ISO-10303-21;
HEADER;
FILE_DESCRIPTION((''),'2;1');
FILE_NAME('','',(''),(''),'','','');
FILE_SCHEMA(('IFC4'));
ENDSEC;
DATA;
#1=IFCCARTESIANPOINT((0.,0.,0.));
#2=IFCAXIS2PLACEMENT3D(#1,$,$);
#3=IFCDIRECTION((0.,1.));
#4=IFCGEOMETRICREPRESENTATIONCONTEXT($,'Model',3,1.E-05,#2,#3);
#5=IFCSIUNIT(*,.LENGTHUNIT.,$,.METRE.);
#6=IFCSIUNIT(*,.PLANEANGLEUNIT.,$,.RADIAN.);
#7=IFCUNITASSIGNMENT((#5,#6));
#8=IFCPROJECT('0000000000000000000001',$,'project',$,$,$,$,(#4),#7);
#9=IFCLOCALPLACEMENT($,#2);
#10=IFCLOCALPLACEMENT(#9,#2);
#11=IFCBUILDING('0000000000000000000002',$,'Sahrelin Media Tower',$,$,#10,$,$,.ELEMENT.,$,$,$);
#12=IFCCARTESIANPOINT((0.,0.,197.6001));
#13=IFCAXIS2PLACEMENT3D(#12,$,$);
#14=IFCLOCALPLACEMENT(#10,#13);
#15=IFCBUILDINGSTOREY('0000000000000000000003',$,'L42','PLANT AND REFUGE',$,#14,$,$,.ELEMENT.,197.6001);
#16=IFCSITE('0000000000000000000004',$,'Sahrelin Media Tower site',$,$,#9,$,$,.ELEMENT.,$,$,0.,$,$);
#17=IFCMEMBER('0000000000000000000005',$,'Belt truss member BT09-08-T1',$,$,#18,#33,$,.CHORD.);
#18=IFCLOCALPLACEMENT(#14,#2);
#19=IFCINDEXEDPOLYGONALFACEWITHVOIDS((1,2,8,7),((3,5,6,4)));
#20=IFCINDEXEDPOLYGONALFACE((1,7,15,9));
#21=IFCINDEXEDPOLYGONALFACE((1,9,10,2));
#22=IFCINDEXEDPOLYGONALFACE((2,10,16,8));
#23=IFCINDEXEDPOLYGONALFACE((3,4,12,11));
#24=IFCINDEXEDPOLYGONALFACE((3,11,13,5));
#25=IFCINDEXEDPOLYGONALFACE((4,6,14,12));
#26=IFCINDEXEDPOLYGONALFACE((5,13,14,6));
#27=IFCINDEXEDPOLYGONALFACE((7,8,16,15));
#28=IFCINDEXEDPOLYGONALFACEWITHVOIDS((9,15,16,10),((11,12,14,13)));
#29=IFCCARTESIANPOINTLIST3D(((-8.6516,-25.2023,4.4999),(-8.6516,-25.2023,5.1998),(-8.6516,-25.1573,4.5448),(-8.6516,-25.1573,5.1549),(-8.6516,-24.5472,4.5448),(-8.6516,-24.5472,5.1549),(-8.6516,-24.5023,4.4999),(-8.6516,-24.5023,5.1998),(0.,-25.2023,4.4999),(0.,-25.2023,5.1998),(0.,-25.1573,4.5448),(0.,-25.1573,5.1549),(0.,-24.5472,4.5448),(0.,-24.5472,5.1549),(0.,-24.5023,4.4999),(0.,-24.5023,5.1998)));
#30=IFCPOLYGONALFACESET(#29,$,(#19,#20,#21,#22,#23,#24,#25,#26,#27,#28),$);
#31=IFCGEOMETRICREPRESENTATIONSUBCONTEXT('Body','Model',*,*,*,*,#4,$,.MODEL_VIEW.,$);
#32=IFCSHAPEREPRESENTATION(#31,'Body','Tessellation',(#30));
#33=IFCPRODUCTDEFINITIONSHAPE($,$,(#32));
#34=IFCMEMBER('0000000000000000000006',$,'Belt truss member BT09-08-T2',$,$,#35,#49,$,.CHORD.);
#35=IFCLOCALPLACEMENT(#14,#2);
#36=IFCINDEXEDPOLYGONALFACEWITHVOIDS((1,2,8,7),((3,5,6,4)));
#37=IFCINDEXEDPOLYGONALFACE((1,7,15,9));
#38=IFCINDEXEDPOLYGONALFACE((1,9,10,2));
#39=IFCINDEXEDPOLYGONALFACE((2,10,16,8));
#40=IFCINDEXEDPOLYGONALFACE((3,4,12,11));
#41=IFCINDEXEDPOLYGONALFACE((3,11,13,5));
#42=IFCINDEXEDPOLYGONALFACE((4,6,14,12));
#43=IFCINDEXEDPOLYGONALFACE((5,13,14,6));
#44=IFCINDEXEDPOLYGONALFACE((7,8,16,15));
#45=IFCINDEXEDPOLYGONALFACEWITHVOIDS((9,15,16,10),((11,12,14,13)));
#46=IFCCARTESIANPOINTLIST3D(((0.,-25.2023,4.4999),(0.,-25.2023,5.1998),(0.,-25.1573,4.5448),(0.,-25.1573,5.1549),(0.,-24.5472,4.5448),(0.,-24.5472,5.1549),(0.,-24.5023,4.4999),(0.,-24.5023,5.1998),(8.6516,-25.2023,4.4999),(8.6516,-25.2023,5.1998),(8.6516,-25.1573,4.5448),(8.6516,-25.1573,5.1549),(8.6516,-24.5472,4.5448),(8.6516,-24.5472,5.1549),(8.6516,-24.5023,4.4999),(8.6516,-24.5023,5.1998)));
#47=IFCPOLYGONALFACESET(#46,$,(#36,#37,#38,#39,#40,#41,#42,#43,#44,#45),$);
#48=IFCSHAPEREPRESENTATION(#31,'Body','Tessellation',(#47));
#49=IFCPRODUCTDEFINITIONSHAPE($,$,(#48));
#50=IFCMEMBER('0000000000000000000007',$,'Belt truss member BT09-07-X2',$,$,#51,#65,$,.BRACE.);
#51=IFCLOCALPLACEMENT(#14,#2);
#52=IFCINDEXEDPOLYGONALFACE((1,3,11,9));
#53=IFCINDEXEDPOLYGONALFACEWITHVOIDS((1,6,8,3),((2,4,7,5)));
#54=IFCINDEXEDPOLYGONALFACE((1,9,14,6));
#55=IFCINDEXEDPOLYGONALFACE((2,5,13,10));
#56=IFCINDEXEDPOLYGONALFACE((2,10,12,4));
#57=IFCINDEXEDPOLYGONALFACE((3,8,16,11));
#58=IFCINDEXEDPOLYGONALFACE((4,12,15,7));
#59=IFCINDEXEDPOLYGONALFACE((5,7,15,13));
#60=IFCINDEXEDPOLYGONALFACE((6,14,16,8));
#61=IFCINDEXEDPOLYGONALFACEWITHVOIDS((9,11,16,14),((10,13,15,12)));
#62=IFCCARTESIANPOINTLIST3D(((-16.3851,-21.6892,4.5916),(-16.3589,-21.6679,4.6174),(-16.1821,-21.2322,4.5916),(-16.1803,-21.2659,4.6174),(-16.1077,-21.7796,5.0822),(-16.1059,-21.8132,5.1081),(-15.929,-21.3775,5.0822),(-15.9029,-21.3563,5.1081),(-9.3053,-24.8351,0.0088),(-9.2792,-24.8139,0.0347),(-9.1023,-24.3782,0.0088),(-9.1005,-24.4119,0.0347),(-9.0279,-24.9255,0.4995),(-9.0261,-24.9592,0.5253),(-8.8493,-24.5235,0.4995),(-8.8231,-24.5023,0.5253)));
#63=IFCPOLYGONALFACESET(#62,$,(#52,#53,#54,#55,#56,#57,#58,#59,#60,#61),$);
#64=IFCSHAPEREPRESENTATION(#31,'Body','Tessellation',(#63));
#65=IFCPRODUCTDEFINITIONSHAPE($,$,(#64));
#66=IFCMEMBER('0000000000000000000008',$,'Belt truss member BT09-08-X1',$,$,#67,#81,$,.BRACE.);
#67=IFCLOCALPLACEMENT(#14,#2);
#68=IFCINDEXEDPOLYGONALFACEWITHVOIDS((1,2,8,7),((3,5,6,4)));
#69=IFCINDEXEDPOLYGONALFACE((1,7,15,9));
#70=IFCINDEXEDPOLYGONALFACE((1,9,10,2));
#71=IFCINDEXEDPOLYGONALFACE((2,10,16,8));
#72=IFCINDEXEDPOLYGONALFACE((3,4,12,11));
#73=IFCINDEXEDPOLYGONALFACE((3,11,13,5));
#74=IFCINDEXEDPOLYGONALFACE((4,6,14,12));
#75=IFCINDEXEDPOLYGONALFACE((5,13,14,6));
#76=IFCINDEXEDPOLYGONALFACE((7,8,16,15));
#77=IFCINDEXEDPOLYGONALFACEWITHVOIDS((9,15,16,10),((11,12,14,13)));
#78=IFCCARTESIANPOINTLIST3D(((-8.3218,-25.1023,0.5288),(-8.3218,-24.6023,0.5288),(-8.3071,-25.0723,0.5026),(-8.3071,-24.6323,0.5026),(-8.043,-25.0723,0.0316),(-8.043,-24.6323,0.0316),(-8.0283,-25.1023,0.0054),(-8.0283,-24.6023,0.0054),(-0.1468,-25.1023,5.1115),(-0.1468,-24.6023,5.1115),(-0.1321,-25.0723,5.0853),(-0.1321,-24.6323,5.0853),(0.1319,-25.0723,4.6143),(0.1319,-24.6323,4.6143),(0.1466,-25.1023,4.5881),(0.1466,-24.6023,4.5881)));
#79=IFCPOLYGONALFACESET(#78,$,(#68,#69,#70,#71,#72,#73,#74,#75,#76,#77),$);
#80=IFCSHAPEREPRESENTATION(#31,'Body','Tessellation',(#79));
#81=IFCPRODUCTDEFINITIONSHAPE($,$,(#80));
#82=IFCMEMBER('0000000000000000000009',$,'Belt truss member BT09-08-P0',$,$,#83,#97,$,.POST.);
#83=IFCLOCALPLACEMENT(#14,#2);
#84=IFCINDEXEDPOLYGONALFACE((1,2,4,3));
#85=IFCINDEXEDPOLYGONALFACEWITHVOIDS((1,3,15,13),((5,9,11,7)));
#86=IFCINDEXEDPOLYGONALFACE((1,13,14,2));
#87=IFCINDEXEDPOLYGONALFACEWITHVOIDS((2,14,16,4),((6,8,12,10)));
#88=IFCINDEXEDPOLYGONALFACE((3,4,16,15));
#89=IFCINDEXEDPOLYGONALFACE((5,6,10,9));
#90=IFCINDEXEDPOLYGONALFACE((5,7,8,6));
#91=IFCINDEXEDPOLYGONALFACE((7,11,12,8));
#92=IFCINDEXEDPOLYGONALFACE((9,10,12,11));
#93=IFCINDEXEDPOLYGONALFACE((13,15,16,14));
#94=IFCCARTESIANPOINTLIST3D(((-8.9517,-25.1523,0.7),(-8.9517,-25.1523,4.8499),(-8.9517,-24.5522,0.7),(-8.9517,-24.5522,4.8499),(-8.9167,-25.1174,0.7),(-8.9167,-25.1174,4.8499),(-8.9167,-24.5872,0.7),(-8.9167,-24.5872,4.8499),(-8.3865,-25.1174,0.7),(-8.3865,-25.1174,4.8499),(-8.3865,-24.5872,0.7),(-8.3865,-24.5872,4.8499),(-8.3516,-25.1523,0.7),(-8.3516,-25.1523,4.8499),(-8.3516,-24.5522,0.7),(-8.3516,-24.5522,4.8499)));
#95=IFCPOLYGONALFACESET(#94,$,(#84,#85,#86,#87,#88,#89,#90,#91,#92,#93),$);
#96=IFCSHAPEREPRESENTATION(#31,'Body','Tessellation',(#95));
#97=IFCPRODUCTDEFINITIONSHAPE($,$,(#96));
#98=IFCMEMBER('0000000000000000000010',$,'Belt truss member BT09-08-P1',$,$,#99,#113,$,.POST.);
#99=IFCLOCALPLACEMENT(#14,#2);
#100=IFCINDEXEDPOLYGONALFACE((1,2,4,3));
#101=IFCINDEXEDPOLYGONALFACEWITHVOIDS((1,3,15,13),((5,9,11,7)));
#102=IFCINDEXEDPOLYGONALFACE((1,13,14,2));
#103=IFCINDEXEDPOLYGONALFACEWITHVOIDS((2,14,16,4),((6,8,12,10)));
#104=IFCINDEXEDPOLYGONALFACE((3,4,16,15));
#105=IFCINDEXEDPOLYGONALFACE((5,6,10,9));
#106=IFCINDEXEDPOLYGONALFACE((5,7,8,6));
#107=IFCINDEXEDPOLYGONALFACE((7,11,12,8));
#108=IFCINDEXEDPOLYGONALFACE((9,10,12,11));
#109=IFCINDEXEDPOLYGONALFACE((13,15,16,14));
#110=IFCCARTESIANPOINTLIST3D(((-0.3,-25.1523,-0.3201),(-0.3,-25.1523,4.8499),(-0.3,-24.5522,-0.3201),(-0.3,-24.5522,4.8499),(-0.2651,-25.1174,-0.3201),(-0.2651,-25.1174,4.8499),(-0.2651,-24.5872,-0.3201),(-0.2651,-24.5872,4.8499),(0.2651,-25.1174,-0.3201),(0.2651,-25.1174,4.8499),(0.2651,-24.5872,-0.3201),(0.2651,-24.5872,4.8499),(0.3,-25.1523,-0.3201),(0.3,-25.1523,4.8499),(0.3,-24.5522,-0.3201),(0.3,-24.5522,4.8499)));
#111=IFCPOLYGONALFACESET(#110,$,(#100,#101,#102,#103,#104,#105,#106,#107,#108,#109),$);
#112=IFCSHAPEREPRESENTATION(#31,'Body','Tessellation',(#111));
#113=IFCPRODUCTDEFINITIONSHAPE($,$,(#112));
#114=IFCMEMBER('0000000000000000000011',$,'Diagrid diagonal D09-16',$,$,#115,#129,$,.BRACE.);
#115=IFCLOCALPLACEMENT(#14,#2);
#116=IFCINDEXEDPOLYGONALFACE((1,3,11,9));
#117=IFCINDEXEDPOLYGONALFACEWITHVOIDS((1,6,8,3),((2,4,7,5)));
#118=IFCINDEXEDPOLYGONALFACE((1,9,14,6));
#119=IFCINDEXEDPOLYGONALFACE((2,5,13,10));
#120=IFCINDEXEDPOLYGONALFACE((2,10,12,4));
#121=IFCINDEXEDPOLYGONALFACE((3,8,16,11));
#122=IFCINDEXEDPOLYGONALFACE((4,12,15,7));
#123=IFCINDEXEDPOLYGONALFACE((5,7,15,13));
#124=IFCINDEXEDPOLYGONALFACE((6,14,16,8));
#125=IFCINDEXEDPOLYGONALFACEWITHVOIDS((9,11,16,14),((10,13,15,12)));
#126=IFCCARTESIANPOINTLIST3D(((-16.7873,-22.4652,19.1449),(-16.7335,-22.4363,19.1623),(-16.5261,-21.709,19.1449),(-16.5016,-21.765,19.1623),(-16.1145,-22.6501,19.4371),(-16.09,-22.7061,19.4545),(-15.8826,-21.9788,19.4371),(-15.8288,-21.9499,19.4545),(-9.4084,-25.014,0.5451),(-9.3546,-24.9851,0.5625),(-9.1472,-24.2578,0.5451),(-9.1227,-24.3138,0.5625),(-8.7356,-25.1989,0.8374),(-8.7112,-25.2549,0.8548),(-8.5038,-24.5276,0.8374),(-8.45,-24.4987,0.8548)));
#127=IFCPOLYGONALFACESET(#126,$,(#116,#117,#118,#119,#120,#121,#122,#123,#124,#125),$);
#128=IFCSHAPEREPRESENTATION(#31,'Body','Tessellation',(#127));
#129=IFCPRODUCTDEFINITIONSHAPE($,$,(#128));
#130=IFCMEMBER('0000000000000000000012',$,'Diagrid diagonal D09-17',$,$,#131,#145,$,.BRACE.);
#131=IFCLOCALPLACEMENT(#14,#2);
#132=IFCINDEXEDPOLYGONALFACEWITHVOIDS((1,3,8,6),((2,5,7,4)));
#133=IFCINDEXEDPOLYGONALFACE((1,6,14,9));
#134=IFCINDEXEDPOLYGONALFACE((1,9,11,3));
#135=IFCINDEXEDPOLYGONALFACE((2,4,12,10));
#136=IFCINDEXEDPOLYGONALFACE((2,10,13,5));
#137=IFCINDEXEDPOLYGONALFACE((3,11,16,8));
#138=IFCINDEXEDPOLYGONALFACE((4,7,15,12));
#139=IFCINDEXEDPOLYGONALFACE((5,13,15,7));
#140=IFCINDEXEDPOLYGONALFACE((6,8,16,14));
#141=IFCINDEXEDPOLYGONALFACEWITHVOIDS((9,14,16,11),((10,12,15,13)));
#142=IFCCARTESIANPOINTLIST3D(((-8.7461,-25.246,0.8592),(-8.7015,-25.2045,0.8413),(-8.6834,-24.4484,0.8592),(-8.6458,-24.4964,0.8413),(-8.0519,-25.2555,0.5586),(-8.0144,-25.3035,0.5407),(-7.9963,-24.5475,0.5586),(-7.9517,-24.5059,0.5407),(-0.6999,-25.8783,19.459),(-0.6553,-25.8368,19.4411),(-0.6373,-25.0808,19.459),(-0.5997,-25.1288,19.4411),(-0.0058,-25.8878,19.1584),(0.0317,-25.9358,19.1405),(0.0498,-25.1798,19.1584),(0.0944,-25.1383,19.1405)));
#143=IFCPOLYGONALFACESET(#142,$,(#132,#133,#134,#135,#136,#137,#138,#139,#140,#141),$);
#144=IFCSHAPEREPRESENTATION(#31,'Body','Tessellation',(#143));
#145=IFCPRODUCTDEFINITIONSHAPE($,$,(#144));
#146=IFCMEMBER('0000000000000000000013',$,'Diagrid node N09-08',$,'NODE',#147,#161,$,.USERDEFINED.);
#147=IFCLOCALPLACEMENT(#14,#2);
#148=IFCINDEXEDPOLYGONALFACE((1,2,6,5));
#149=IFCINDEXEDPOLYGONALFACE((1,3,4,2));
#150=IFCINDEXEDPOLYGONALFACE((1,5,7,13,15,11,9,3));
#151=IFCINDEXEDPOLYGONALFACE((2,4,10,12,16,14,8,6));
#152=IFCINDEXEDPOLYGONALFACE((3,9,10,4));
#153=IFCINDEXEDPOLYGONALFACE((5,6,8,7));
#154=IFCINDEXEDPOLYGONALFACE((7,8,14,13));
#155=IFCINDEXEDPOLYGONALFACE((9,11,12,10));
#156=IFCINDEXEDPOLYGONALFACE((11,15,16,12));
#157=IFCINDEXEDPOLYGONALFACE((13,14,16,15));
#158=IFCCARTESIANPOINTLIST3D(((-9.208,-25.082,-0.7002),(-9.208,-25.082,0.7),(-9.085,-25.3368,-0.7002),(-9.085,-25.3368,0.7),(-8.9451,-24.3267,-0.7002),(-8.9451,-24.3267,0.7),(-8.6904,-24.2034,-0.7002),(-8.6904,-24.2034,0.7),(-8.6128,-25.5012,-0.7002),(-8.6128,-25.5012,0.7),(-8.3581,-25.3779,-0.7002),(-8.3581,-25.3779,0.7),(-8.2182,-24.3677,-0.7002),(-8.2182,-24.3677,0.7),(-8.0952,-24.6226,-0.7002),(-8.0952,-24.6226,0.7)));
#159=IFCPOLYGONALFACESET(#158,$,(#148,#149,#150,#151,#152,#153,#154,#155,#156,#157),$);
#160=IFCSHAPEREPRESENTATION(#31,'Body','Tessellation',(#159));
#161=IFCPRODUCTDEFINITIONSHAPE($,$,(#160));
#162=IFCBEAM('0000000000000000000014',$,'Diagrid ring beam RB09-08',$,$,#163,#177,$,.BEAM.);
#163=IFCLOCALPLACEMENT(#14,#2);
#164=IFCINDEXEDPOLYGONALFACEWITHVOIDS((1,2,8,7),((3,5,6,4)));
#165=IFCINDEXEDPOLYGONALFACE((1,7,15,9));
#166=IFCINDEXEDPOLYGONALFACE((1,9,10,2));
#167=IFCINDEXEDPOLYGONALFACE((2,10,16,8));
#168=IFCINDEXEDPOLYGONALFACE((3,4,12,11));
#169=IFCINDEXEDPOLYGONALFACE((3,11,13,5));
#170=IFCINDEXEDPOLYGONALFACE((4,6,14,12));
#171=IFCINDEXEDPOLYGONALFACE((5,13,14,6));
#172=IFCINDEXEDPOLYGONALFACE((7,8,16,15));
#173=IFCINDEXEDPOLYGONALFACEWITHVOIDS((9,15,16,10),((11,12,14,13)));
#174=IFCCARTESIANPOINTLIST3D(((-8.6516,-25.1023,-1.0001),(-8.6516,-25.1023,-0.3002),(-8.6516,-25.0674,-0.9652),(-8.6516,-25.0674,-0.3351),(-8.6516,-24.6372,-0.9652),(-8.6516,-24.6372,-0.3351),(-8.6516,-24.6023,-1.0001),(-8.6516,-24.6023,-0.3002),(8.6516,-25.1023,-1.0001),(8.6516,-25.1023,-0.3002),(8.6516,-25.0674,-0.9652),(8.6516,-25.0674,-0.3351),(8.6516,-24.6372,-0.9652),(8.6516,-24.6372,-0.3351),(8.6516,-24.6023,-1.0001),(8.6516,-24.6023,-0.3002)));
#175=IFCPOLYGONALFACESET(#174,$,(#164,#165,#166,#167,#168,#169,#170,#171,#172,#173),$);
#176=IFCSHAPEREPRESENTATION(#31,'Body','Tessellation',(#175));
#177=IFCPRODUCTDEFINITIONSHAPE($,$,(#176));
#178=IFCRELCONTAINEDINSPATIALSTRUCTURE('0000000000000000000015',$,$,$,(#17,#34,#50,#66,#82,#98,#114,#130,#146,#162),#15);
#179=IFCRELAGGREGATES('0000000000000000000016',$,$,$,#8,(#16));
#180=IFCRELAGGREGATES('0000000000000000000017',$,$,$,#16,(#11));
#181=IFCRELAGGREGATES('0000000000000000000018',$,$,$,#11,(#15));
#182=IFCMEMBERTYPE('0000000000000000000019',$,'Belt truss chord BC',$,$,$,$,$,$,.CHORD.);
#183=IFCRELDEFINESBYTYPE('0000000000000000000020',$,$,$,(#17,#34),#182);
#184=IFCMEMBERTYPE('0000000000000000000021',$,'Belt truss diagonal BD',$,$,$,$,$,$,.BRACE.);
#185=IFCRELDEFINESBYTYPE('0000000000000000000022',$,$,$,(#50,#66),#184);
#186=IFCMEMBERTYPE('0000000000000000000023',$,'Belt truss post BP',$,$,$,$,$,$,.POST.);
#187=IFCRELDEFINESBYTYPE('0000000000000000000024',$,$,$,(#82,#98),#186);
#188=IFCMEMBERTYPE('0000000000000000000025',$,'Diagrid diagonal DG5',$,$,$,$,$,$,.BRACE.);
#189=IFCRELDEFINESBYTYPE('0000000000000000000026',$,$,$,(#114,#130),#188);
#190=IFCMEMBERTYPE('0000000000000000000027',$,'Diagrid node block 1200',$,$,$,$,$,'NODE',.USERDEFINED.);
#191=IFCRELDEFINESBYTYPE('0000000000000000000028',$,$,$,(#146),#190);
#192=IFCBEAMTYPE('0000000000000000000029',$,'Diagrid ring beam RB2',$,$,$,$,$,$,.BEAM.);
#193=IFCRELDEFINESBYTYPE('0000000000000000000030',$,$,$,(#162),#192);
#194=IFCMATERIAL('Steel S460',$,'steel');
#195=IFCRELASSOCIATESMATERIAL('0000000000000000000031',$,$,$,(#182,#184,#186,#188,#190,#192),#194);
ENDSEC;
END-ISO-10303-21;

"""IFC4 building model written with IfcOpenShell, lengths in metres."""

from ifc_helpers import new_model, si_unit, direction, frame, origin, origin_2d, place, context, subcontext, project, spatial, polyline, hollow_rectangle, outline, extrude, material, material_profile, profile_set, type_object, element, save


model = new_model("IFC4")

# Units and contexts
model_context = context("Model", 3, precision=1e-05, world=origin(), true_north=direction((0.0, 1.0)))
body_context = subcontext(model_context, "Body", "Model", "MODEL_VIEW")
ifc_project = project(units=[si_unit("LENGTHUNIT", "METRE"), si_unit("PLANEANGLEUNIT", "RADIAN")], contexts=[model_context])

# Site, building, storey
site_placement = place(None, origin())
site = spatial("IfcSite", under=ifc_project, at=site_placement, Name="Sahrelin Media Tower site", CompositionType="ELEMENT", RefElevation=0.0)
building_placement = place(site_placement, origin())
building = spatial("IfcBuilding", under=site, at=building_placement, Name="Sahrelin Media Tower", CompositionType="ELEMENT")
storey_placement = place(building_placement, frame((0.0, 0.0, 197.6001)))
storey = spatial("IfcBuildingStorey", under=building, at=storey_placement, Name="L42", Description="PLANT AND REFUGE", CompositionType="ELEMENT", Elevation=197.6001)

# Members
ifc_material_1 = material(Name="Steel S460", Category="steel")
ifc_material_profile_1 = material_profile(ifc_material_1, hollow_rectangle(XDim=0.7, YDim=0.7, WallThickness=0.0449, at=origin_2d()), Name="Belt truss chord BC")
ifc_profile_set_1 = profile_set([ifc_material_profile_1], Name="Steel S460")
member_type_1 = type_object("IfcMemberType", Name="Belt truss chord BC", PredefinedType="CHORD", material=ifc_profile_set_1)
for number, where, z_axis, x_axis, name in (
    (1, (-8.6516, -24.8523, 4.8499), (1.0, 0.0, 0.0), (0.0, 1.0, 0.0), "Belt truss member BT09-08-T1"),
    (2, (0.0, -24.8523, 4.8499), (1.0, 0.0, 0.0), (0.0, 1.0, 0.0), "Belt truss member BT09-08-T2"),
):
    element("IfcMember", number, at=place(storey_placement, frame(where, z_axis=z_axis, x_axis=x_axis)), inside=storey, type_object=member_type_1, Name=name, PredefinedType="CHORD", context=body_context, shape_type="SweptSolid", body=[
        extrude(hollow_rectangle(XDim=0.7, YDim=0.7, WallThickness=0.0449, at=origin_2d()), origin(), (0.0, 0.0, 1.0), 8.6516),
    ])
ifc_material_profile_2 = material_profile(ifc_material_1, hollow_rectangle(XDim=0.5, YDim=0.6001, WallThickness=0.03, at=origin_2d()), Name="Belt truss diagonal BD")
ifc_profile_set_2 = profile_set([ifc_material_profile_2], Name="Steel S460")
member_type_2 = type_object("IfcMemberType", Name="Belt truss diagonal BD", PredefinedType="BRACE", material=ifc_profile_set_2)
member_1_placement = place(storey_placement, frame((-9.0642, -24.6687, 0.2671), z_axis=(-0.786536, 0.349505, 0.509123), x_axis=(-0.406074, -0.91384, 0.0)))
element("IfcMember", 3, at=member_1_placement, inside=storey, type_object=member_type_2, Name="Belt truss member BT09-07-X2", PredefinedType="BRACE", context=body_context, shape_type="SweptSolid", body=[
    extrude(hollow_rectangle(XDim=0.5, YDim=0.6001, WallThickness=0.03, at=origin_2d()), origin(), (0.0, 0.0, 1.0), 9.0012),
])
member_2_placement = place(storey_placement, frame((-8.175, -24.8523, 0.2671), z_axis=(0.87229, 0.0, 0.488988), x_axis=(0.0, 1.0, 0.0)))
element("IfcMember", 4, at=member_2_placement, inside=storey, type_object=member_type_2, Name="Belt truss member BT09-08-X1", PredefinedType="BRACE", context=body_context, shape_type="SweptSolid", body=[
    extrude(hollow_rectangle(XDim=0.5, YDim=0.6001, WallThickness=0.03, at=origin_2d()), origin(), (0.0, 0.0, 1.0), 9.3718),
])
ifc_material_profile_3 = material_profile(ifc_material_1, hollow_rectangle(XDim=0.6001, YDim=0.6001, WallThickness=0.0349, at=origin_2d()), Name="Belt truss post BP")
ifc_profile_set_3 = profile_set([ifc_material_profile_3], Name="Steel S460")
member_type_3 = type_object("IfcMemberType", Name="Belt truss post BP", PredefinedType="POST", material=ifc_profile_set_3)
member_3_placement = place(storey_placement, frame((-8.6516, -24.8523, 0.7), z_axis=(0.0, 0.0, 1.0), x_axis=(1.0, 0.0, 0.0)))
element("IfcMember", 5, at=member_3_placement, inside=storey, type_object=member_type_3, Name="Belt truss member BT09-08-P0", PredefinedType="POST", context=body_context, shape_type="SweptSolid", body=[
    extrude(hollow_rectangle(XDim=0.6001, YDim=0.6001, WallThickness=0.0349, at=origin_2d()), origin(), (0.0, 0.0, 1.0), 4.1499),
])
member_4_placement = place(storey_placement, frame((0.0, -24.8523, -0.3201), z_axis=(0.0, 0.0, 1.0), x_axis=(1.0, 0.0, 0.0)))
element("IfcMember", 6, at=member_4_placement, inside=storey, type_object=member_type_3, Name="Belt truss member BT09-08-P1", PredefinedType="POST", context=body_context, shape_type="SweptSolid", body=[
    extrude(hollow_rectangle(XDim=0.6001, YDim=0.6001, WallThickness=0.0349, at=origin_2d()), origin(), (0.0, 0.0, 1.0), 5.1699),
])
ifc_material_profile_4 = material_profile(ifc_material_1, hollow_rectangle(XDim=0.8, YDim=0.8, WallThickness=0.0449, at=origin_2d()), Name="Diagrid diagonal DG5")
ifc_profile_set_4 = profile_set([ifc_material_profile_4], Name="Steel S460")
member_type_4 = type_object("IfcMemberType", Name="Diagrid diagonal DG5", PredefinedType="BRACE", material=ifc_profile_set_4)
member_5_placement = place(storey_placement, frame((-8.9292, -24.7563, 0.7), z_axis=(-0.365804, 0.126356, 0.922075), x_axis=(-0.326492, -0.9452, 0.0)))
element("IfcMember", 7, at=member_5_placement, inside=storey, type_object=member_type_4, Name="Diagrid diagonal D09-16", PredefinedType="BRACE", context=body_context, shape_type="SweptSolid", body=[
    extrude(hollow_rectangle(XDim=0.8, YDim=0.8, WallThickness=0.0449, at=origin_2d()), origin(), (0.0, 0.0, 1.0), 20.1716),
])
member_6_placement = place(storey_placement, frame((-8.3489, -24.876, 0.7), z_axis=(0.396841, -0.031187, 0.917357), x_axis=(0.078346, 0.996926, 0.0)))
element("IfcMember", 8, at=member_6_placement, inside=storey, type_object=member_type_4, Name="Diagrid diagonal D09-17", PredefinedType="BRACE", context=body_context, shape_type="SweptSolid", body=[
    extrude(hollow_rectangle(XDim=0.8, YDim=0.8, WallThickness=0.0449, at=origin_2d()), origin(), (0.0, 0.0, 1.0), 20.2754),
])
ifc_material_profile_5 = material_profile(ifc_material_1, outline(polyline([(0.3999, -0.45), (0.6001, -0.25), (0.6001, 0.25), (0.3999, 0.45), (-0.3999, 0.45), (-0.6001, 0.25), (-0.6001, -0.25), (-0.3999, -0.45), (0.3999, -0.45)])), Name="Diagrid node block 1200")
ifc_profile_set_5 = profile_set([ifc_material_profile_5], Name="Steel S460")
member_type_5 = type_object("IfcMemberType", Name="Diagrid node block 1200", ElementType="NODE", PredefinedType="USERDEFINED", material=ifc_profile_set_5)
member_7_placement = place(storey_placement, frame((-8.6516, -24.8523, -0.7002), z_axis=(0.0, 0.0, 1.0), x_axis=(-0.328769, -0.94441, 0.0)))
element("IfcMember", 9, at=member_7_placement, inside=storey, type_object=member_type_5, Name="Diagrid node N09-08", ObjectType="NODE", PredefinedType="USERDEFINED", context=body_context, shape_type="SweptSolid", body=[
    extrude(outline(polyline([(0.3999, -0.45), (0.6001, -0.25), (0.6001, 0.25), (0.3999, 0.45), (-0.3999, 0.45), (-0.6001, 0.25), (-0.6001, -0.25), (-0.3999, -0.45), (0.3999, -0.45)])), origin(), (0.0, 0.0, 1.0), 1.4001),
])

# Beam
ifc_material_profile_6 = material_profile(ifc_material_1, hollow_rectangle(XDim=0.5, YDim=0.7, WallThickness=0.0349, at=origin_2d()), Name="Diagrid ring beam RB2")
ifc_profile_set_6 = profile_set([ifc_material_profile_6], Name="Steel S460")
beam_type_1 = type_object("IfcBeamType", Name="Diagrid ring beam RB2", PredefinedType="BEAM", material=ifc_profile_set_6)
beam_1_placement = place(storey_placement, frame((-8.6516, -24.8523, -0.6501), z_axis=(1.0, 0.0, 0.0), x_axis=(0.0, 1.0, 0.0)))
element("IfcBeam", 10, at=beam_1_placement, inside=storey, type_object=beam_type_1, Name="Diagrid ring beam RB09-08", PredefinedType="BEAM", context=body_context, shape_type="SweptSolid", body=[
    extrude(hollow_rectangle(XDim=0.5, YDim=0.7, WallThickness=0.0349, at=origin_2d()), origin(), (0.0, 0.0, 1.0), 17.3032),
])

save(model, "model.ifc")
